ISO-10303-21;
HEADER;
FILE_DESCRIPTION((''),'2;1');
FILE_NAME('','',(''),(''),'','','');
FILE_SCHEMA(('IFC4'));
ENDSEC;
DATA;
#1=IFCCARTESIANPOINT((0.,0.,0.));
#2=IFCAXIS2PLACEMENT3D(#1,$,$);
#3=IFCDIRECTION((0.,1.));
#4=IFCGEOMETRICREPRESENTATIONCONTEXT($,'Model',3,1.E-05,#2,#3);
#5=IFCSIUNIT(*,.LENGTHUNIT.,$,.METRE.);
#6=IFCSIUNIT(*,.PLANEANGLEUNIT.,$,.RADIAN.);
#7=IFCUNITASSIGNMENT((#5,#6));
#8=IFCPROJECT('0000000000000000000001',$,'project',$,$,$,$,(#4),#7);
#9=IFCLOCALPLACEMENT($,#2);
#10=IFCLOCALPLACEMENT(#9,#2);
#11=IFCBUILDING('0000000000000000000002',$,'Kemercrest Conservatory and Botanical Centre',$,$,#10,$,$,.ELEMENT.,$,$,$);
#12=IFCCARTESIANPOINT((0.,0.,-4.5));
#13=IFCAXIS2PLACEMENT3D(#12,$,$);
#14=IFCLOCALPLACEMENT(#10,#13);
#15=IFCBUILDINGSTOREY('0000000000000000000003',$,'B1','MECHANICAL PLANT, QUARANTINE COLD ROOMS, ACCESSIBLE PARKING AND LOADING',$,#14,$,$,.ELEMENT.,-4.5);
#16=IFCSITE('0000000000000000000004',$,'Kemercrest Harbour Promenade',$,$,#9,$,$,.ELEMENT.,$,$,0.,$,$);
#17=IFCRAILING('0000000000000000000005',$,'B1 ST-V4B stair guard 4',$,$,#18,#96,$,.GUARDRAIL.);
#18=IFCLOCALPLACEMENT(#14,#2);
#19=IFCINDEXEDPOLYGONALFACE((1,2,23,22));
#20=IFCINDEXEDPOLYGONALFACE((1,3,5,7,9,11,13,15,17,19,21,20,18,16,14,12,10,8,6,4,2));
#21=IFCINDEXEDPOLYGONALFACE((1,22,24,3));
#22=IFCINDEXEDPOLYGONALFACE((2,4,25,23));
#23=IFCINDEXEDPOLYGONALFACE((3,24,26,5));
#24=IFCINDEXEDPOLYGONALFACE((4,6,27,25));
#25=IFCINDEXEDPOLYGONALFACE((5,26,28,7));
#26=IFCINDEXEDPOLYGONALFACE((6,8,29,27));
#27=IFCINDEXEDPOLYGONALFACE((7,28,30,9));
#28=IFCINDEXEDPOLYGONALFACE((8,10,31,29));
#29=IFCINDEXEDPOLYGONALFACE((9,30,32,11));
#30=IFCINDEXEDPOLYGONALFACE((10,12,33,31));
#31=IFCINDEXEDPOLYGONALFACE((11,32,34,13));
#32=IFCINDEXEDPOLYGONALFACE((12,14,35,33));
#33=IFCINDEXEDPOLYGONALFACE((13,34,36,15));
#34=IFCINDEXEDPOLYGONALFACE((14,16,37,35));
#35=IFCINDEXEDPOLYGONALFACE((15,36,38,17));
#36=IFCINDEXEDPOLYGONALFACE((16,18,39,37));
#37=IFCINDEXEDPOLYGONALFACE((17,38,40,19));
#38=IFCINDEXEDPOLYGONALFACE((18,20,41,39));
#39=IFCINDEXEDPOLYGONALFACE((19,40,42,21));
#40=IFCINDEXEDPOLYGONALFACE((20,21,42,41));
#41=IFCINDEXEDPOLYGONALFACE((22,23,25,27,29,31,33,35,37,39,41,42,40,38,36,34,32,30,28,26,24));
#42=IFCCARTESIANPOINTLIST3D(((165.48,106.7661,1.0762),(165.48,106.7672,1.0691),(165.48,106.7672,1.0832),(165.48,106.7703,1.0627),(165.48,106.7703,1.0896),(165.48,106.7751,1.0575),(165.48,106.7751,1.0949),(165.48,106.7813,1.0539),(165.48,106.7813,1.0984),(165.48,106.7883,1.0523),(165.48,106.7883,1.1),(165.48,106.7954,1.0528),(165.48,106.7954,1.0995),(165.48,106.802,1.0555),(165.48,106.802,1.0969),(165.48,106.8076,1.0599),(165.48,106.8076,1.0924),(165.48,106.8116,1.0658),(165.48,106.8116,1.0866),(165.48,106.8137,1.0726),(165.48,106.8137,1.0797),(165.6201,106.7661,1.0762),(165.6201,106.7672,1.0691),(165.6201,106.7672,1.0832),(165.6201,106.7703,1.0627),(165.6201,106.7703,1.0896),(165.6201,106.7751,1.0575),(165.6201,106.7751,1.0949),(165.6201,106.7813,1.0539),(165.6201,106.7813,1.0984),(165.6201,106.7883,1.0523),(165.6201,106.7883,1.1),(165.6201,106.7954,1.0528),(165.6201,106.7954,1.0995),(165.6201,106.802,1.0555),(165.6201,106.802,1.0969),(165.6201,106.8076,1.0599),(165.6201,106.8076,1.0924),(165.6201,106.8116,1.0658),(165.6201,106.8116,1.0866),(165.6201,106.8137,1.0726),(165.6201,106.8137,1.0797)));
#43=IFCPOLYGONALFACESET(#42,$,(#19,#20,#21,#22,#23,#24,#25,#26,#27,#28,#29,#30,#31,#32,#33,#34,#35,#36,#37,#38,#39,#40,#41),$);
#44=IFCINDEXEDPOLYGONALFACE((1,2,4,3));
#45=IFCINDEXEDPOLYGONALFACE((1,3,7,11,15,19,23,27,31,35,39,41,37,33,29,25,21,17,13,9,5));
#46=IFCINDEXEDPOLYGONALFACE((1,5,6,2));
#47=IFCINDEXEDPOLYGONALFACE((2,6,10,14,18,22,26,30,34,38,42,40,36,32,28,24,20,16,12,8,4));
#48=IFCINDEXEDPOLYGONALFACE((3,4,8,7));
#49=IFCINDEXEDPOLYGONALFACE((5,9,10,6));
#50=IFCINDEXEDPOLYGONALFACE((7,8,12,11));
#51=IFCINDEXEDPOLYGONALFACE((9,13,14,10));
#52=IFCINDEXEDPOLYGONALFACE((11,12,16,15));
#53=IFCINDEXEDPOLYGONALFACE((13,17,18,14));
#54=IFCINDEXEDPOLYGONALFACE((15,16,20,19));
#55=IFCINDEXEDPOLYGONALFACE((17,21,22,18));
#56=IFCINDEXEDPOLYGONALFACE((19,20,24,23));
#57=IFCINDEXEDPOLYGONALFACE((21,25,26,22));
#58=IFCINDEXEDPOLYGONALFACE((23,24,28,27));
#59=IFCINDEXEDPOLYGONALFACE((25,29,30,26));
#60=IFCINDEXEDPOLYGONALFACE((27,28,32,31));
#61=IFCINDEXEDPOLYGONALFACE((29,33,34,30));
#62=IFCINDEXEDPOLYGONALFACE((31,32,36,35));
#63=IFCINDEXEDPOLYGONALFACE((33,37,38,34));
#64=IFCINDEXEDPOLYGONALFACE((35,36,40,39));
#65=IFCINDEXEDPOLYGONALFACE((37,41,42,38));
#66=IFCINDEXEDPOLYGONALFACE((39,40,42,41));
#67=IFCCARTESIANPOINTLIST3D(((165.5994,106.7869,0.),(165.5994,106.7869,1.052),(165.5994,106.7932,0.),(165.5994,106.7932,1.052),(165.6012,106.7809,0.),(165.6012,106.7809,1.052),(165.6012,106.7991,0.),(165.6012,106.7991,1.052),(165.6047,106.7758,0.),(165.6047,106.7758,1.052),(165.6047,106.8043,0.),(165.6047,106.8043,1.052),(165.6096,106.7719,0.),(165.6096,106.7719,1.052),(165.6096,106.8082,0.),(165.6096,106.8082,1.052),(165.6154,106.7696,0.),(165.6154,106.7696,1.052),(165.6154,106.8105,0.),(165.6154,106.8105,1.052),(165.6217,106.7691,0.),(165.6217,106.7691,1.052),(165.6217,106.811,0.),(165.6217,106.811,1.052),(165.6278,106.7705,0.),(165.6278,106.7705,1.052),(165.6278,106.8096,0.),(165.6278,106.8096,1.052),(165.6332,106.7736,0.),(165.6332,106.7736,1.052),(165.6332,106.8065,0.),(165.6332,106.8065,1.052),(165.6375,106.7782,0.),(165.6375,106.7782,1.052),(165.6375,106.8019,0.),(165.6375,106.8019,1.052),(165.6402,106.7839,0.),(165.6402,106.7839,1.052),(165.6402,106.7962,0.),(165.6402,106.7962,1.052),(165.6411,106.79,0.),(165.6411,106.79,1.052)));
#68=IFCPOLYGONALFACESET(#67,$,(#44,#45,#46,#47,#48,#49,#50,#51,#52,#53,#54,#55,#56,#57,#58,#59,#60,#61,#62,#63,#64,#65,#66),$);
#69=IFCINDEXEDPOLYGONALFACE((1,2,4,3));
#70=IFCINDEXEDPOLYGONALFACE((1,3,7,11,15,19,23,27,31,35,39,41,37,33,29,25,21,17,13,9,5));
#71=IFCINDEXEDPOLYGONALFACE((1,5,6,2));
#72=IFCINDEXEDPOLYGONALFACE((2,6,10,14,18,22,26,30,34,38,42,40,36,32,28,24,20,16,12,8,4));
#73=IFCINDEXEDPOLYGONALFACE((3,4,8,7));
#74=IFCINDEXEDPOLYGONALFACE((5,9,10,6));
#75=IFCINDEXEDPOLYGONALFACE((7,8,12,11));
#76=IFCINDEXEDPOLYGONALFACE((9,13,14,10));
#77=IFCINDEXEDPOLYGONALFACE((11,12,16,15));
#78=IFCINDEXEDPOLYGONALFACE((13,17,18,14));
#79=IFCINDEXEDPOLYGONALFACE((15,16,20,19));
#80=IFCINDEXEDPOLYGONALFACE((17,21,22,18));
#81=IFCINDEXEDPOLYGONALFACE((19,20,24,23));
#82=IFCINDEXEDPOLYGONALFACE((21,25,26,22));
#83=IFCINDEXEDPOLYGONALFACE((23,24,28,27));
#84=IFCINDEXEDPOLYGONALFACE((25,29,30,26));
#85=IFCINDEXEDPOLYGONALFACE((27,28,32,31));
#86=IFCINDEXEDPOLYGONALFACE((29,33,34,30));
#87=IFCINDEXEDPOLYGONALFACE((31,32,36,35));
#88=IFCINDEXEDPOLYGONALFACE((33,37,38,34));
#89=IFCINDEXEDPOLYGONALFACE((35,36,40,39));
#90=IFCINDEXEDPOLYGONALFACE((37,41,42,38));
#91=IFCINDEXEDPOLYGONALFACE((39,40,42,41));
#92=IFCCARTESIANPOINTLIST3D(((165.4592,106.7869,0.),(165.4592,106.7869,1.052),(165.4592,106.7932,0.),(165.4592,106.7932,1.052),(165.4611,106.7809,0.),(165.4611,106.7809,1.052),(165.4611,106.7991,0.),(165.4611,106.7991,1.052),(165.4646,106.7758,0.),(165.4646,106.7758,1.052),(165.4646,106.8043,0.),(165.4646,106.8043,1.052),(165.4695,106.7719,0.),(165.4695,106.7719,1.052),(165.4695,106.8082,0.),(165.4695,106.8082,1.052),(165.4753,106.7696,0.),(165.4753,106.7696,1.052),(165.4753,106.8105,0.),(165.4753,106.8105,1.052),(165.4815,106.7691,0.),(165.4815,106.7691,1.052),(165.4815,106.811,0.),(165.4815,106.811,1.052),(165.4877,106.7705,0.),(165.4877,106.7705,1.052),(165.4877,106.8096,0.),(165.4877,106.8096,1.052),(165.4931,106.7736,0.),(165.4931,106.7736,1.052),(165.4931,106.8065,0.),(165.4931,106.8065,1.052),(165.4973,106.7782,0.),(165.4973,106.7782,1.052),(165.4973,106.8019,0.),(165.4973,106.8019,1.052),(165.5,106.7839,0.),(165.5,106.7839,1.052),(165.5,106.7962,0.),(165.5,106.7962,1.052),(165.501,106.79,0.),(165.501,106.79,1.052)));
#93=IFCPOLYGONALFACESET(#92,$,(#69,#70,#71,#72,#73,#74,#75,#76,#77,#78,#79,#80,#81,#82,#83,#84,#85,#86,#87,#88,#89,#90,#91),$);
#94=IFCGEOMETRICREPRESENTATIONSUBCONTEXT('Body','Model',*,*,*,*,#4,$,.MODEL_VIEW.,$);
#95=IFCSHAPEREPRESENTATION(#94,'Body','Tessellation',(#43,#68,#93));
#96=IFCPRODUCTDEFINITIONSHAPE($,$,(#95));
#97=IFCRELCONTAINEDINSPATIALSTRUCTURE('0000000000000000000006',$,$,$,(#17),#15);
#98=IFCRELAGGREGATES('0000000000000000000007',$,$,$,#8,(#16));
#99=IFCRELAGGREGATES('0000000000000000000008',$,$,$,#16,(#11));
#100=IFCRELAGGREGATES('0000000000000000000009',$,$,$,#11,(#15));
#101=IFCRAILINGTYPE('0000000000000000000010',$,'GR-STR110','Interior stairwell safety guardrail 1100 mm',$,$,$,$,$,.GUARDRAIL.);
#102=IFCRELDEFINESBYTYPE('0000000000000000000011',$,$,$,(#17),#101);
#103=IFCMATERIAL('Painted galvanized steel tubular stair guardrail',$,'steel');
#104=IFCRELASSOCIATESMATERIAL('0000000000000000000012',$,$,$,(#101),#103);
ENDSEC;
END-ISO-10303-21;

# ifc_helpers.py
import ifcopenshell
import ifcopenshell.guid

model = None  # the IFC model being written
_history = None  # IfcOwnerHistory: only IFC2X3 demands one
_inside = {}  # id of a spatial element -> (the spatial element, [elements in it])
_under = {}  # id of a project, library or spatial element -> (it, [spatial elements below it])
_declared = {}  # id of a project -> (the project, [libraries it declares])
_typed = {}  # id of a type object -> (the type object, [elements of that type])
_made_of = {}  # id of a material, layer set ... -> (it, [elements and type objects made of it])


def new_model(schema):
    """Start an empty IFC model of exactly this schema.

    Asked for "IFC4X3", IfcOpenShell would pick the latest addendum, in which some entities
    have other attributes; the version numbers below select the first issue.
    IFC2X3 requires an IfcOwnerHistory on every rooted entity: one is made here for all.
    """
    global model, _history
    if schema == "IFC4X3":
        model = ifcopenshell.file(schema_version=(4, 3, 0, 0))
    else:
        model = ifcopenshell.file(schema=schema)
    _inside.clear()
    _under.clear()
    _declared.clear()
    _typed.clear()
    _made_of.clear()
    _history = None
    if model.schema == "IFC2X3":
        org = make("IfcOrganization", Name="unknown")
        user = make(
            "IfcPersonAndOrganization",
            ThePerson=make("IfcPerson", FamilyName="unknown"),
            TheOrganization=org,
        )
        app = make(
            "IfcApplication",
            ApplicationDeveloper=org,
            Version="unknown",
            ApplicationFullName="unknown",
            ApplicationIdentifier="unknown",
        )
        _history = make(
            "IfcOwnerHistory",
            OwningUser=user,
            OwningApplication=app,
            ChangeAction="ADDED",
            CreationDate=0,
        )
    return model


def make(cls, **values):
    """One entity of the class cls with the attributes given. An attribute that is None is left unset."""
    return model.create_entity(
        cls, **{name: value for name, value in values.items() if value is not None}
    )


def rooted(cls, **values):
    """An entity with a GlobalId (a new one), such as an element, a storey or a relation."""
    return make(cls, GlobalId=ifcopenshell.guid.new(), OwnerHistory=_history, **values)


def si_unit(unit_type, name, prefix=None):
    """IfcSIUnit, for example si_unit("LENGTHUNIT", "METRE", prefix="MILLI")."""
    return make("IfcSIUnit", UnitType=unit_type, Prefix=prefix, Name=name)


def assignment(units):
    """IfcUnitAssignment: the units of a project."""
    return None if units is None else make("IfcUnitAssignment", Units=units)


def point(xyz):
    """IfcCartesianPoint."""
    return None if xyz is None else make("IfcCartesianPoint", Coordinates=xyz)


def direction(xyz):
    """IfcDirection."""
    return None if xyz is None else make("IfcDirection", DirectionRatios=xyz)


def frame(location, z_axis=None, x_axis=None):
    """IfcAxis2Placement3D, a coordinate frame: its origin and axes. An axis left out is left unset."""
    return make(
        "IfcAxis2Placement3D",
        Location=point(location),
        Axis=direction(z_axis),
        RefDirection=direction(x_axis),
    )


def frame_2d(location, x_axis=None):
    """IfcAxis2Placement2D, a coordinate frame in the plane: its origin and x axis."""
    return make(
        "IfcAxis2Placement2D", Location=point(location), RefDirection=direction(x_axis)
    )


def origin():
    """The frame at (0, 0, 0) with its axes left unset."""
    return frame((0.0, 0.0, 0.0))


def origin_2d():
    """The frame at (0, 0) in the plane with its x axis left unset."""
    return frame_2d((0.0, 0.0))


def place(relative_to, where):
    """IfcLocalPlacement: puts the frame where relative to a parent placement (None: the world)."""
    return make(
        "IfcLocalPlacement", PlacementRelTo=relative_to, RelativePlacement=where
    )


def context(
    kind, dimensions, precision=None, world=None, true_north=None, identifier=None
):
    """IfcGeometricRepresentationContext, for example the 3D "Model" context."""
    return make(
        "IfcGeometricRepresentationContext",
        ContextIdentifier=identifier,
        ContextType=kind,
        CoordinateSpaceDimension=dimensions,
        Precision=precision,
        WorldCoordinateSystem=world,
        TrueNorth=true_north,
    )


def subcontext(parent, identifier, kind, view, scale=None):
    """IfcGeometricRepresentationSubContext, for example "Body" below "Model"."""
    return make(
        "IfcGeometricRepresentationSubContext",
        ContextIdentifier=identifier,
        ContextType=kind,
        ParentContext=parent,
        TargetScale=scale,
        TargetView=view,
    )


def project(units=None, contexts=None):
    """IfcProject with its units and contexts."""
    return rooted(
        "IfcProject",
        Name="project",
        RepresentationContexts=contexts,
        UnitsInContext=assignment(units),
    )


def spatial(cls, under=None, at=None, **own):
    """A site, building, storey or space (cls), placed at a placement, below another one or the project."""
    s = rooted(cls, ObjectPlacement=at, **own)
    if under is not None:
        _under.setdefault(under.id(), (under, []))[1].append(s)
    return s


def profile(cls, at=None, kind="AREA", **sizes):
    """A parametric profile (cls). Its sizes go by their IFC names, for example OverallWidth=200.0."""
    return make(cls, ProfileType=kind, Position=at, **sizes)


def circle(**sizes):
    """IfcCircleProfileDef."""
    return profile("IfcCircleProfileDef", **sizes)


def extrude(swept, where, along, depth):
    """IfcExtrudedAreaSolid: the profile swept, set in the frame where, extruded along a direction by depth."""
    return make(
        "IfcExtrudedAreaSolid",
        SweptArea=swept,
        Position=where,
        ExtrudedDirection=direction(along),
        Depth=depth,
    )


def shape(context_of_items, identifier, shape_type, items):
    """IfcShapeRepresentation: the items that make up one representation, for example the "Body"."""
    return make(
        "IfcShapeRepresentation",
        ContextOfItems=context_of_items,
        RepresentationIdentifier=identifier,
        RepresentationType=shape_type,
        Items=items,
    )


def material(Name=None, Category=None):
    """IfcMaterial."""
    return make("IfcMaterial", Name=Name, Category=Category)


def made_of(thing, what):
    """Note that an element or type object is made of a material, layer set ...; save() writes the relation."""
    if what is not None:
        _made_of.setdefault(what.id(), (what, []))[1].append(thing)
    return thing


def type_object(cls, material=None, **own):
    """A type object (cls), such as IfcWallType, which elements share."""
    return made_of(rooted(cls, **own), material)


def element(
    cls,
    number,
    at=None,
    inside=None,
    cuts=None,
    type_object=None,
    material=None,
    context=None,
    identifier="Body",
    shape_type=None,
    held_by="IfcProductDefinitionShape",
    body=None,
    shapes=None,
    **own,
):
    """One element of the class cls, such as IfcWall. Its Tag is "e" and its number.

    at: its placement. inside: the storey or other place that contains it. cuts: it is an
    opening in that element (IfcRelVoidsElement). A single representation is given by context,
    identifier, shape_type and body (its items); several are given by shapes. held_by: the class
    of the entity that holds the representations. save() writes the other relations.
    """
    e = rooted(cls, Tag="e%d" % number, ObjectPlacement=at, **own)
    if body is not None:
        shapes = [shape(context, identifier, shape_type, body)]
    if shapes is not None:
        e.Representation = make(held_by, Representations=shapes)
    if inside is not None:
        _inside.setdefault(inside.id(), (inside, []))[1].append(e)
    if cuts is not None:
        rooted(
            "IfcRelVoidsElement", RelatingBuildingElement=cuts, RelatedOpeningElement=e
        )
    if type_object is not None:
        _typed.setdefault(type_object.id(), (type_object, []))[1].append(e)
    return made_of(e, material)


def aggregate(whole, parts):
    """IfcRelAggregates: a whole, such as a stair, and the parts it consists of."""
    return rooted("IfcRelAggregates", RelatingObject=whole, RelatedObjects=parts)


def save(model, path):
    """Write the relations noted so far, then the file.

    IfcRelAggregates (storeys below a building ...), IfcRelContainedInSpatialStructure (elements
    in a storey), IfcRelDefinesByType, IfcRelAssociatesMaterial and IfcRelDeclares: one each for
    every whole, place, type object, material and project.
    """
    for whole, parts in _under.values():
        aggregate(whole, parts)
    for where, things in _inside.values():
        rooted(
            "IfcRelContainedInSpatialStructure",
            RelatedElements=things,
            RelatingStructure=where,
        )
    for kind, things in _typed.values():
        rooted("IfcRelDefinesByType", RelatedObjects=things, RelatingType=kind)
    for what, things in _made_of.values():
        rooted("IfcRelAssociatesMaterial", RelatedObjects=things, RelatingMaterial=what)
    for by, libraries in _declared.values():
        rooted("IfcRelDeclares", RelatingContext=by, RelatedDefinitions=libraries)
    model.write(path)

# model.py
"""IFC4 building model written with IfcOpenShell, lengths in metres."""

from ifc_helpers import new_model, si_unit, direction, frame, origin, origin_2d, place, context, subcontext, project, spatial, circle, extrude, material, type_object, element, save


model = new_model("IFC4")

# Units and contexts
model_context = context("Model", 3, precision=1e-05, world=origin(), true_north=direction((0.0, 1.0)))
body_context = subcontext(model_context, "Body", "Model", "MODEL_VIEW")
ifc_project = project(units=[si_unit("LENGTHUNIT", "METRE"), si_unit("PLANEANGLEUNIT", "RADIAN")], contexts=[model_context])

# Site, building, storey
site_placement = place(None, origin())
site = spatial("IfcSite", under=ifc_project, at=site_placement, Name="Kemercrest Harbour Promenade", CompositionType="ELEMENT", RefElevation=0.0)
building_placement = place(site_placement, origin())
building = spatial("IfcBuilding", under=site, at=building_placement, Name="Kemercrest Conservatory and Botanical Centre", CompositionType="ELEMENT")
storey_placement = place(building_placement, frame((0.0, 0.0, -4.5)))
storey = spatial("IfcBuildingStorey", under=building, at=storey_placement, Name="B1", Description="MECHANICAL PLANT, QUARANTINE COLD ROOMS, ACCESSIBLE PARKING AND LOADING", CompositionType="ELEMENT", Elevation=-4.5)

# Railing
ifc_material_1 = material(Name="Painted galvanized steel tubular stair guardrail", Category="steel")
railing_type_1 = type_object("IfcRailingType", Name="GR-STR110", Description="Interior stairwell safety guardrail 1100 mm", PredefinedType="GUARDRAIL", material=ifc_material_1)
railing_1_placement = place(storey_placement, frame((165.6201, 106.79, 0.0)))
element("IfcRailing", 1, at=railing_1_placement, inside=storey, type_object=railing_type_1, Name="B1 ST-V4B stair guard 4", PredefinedType="GUARDRAIL", context=body_context, shape_type="SweptSolid", body=[
    extrude(circle(Radius=0.0239, at=origin_2d()), frame((0.0, 0.0, 1.0762), z_axis=(-1.0, 0.0, 0.0), x_axis=(0.0, -1.0, 0.0)), (0.0, 0.0, 1.0), 0.1401),
    extrude(circle(Radius=0.021, at=origin_2d()), origin(), (0.0, 0.0, 1.0), 1.052),
    extrude(circle(Radius=0.021, at=origin_2d()), frame((-0.1401, 0.0, 0.0)), (0.0, 0.0, 1.0), 1.052),
])

save(model, "model.ifc")
